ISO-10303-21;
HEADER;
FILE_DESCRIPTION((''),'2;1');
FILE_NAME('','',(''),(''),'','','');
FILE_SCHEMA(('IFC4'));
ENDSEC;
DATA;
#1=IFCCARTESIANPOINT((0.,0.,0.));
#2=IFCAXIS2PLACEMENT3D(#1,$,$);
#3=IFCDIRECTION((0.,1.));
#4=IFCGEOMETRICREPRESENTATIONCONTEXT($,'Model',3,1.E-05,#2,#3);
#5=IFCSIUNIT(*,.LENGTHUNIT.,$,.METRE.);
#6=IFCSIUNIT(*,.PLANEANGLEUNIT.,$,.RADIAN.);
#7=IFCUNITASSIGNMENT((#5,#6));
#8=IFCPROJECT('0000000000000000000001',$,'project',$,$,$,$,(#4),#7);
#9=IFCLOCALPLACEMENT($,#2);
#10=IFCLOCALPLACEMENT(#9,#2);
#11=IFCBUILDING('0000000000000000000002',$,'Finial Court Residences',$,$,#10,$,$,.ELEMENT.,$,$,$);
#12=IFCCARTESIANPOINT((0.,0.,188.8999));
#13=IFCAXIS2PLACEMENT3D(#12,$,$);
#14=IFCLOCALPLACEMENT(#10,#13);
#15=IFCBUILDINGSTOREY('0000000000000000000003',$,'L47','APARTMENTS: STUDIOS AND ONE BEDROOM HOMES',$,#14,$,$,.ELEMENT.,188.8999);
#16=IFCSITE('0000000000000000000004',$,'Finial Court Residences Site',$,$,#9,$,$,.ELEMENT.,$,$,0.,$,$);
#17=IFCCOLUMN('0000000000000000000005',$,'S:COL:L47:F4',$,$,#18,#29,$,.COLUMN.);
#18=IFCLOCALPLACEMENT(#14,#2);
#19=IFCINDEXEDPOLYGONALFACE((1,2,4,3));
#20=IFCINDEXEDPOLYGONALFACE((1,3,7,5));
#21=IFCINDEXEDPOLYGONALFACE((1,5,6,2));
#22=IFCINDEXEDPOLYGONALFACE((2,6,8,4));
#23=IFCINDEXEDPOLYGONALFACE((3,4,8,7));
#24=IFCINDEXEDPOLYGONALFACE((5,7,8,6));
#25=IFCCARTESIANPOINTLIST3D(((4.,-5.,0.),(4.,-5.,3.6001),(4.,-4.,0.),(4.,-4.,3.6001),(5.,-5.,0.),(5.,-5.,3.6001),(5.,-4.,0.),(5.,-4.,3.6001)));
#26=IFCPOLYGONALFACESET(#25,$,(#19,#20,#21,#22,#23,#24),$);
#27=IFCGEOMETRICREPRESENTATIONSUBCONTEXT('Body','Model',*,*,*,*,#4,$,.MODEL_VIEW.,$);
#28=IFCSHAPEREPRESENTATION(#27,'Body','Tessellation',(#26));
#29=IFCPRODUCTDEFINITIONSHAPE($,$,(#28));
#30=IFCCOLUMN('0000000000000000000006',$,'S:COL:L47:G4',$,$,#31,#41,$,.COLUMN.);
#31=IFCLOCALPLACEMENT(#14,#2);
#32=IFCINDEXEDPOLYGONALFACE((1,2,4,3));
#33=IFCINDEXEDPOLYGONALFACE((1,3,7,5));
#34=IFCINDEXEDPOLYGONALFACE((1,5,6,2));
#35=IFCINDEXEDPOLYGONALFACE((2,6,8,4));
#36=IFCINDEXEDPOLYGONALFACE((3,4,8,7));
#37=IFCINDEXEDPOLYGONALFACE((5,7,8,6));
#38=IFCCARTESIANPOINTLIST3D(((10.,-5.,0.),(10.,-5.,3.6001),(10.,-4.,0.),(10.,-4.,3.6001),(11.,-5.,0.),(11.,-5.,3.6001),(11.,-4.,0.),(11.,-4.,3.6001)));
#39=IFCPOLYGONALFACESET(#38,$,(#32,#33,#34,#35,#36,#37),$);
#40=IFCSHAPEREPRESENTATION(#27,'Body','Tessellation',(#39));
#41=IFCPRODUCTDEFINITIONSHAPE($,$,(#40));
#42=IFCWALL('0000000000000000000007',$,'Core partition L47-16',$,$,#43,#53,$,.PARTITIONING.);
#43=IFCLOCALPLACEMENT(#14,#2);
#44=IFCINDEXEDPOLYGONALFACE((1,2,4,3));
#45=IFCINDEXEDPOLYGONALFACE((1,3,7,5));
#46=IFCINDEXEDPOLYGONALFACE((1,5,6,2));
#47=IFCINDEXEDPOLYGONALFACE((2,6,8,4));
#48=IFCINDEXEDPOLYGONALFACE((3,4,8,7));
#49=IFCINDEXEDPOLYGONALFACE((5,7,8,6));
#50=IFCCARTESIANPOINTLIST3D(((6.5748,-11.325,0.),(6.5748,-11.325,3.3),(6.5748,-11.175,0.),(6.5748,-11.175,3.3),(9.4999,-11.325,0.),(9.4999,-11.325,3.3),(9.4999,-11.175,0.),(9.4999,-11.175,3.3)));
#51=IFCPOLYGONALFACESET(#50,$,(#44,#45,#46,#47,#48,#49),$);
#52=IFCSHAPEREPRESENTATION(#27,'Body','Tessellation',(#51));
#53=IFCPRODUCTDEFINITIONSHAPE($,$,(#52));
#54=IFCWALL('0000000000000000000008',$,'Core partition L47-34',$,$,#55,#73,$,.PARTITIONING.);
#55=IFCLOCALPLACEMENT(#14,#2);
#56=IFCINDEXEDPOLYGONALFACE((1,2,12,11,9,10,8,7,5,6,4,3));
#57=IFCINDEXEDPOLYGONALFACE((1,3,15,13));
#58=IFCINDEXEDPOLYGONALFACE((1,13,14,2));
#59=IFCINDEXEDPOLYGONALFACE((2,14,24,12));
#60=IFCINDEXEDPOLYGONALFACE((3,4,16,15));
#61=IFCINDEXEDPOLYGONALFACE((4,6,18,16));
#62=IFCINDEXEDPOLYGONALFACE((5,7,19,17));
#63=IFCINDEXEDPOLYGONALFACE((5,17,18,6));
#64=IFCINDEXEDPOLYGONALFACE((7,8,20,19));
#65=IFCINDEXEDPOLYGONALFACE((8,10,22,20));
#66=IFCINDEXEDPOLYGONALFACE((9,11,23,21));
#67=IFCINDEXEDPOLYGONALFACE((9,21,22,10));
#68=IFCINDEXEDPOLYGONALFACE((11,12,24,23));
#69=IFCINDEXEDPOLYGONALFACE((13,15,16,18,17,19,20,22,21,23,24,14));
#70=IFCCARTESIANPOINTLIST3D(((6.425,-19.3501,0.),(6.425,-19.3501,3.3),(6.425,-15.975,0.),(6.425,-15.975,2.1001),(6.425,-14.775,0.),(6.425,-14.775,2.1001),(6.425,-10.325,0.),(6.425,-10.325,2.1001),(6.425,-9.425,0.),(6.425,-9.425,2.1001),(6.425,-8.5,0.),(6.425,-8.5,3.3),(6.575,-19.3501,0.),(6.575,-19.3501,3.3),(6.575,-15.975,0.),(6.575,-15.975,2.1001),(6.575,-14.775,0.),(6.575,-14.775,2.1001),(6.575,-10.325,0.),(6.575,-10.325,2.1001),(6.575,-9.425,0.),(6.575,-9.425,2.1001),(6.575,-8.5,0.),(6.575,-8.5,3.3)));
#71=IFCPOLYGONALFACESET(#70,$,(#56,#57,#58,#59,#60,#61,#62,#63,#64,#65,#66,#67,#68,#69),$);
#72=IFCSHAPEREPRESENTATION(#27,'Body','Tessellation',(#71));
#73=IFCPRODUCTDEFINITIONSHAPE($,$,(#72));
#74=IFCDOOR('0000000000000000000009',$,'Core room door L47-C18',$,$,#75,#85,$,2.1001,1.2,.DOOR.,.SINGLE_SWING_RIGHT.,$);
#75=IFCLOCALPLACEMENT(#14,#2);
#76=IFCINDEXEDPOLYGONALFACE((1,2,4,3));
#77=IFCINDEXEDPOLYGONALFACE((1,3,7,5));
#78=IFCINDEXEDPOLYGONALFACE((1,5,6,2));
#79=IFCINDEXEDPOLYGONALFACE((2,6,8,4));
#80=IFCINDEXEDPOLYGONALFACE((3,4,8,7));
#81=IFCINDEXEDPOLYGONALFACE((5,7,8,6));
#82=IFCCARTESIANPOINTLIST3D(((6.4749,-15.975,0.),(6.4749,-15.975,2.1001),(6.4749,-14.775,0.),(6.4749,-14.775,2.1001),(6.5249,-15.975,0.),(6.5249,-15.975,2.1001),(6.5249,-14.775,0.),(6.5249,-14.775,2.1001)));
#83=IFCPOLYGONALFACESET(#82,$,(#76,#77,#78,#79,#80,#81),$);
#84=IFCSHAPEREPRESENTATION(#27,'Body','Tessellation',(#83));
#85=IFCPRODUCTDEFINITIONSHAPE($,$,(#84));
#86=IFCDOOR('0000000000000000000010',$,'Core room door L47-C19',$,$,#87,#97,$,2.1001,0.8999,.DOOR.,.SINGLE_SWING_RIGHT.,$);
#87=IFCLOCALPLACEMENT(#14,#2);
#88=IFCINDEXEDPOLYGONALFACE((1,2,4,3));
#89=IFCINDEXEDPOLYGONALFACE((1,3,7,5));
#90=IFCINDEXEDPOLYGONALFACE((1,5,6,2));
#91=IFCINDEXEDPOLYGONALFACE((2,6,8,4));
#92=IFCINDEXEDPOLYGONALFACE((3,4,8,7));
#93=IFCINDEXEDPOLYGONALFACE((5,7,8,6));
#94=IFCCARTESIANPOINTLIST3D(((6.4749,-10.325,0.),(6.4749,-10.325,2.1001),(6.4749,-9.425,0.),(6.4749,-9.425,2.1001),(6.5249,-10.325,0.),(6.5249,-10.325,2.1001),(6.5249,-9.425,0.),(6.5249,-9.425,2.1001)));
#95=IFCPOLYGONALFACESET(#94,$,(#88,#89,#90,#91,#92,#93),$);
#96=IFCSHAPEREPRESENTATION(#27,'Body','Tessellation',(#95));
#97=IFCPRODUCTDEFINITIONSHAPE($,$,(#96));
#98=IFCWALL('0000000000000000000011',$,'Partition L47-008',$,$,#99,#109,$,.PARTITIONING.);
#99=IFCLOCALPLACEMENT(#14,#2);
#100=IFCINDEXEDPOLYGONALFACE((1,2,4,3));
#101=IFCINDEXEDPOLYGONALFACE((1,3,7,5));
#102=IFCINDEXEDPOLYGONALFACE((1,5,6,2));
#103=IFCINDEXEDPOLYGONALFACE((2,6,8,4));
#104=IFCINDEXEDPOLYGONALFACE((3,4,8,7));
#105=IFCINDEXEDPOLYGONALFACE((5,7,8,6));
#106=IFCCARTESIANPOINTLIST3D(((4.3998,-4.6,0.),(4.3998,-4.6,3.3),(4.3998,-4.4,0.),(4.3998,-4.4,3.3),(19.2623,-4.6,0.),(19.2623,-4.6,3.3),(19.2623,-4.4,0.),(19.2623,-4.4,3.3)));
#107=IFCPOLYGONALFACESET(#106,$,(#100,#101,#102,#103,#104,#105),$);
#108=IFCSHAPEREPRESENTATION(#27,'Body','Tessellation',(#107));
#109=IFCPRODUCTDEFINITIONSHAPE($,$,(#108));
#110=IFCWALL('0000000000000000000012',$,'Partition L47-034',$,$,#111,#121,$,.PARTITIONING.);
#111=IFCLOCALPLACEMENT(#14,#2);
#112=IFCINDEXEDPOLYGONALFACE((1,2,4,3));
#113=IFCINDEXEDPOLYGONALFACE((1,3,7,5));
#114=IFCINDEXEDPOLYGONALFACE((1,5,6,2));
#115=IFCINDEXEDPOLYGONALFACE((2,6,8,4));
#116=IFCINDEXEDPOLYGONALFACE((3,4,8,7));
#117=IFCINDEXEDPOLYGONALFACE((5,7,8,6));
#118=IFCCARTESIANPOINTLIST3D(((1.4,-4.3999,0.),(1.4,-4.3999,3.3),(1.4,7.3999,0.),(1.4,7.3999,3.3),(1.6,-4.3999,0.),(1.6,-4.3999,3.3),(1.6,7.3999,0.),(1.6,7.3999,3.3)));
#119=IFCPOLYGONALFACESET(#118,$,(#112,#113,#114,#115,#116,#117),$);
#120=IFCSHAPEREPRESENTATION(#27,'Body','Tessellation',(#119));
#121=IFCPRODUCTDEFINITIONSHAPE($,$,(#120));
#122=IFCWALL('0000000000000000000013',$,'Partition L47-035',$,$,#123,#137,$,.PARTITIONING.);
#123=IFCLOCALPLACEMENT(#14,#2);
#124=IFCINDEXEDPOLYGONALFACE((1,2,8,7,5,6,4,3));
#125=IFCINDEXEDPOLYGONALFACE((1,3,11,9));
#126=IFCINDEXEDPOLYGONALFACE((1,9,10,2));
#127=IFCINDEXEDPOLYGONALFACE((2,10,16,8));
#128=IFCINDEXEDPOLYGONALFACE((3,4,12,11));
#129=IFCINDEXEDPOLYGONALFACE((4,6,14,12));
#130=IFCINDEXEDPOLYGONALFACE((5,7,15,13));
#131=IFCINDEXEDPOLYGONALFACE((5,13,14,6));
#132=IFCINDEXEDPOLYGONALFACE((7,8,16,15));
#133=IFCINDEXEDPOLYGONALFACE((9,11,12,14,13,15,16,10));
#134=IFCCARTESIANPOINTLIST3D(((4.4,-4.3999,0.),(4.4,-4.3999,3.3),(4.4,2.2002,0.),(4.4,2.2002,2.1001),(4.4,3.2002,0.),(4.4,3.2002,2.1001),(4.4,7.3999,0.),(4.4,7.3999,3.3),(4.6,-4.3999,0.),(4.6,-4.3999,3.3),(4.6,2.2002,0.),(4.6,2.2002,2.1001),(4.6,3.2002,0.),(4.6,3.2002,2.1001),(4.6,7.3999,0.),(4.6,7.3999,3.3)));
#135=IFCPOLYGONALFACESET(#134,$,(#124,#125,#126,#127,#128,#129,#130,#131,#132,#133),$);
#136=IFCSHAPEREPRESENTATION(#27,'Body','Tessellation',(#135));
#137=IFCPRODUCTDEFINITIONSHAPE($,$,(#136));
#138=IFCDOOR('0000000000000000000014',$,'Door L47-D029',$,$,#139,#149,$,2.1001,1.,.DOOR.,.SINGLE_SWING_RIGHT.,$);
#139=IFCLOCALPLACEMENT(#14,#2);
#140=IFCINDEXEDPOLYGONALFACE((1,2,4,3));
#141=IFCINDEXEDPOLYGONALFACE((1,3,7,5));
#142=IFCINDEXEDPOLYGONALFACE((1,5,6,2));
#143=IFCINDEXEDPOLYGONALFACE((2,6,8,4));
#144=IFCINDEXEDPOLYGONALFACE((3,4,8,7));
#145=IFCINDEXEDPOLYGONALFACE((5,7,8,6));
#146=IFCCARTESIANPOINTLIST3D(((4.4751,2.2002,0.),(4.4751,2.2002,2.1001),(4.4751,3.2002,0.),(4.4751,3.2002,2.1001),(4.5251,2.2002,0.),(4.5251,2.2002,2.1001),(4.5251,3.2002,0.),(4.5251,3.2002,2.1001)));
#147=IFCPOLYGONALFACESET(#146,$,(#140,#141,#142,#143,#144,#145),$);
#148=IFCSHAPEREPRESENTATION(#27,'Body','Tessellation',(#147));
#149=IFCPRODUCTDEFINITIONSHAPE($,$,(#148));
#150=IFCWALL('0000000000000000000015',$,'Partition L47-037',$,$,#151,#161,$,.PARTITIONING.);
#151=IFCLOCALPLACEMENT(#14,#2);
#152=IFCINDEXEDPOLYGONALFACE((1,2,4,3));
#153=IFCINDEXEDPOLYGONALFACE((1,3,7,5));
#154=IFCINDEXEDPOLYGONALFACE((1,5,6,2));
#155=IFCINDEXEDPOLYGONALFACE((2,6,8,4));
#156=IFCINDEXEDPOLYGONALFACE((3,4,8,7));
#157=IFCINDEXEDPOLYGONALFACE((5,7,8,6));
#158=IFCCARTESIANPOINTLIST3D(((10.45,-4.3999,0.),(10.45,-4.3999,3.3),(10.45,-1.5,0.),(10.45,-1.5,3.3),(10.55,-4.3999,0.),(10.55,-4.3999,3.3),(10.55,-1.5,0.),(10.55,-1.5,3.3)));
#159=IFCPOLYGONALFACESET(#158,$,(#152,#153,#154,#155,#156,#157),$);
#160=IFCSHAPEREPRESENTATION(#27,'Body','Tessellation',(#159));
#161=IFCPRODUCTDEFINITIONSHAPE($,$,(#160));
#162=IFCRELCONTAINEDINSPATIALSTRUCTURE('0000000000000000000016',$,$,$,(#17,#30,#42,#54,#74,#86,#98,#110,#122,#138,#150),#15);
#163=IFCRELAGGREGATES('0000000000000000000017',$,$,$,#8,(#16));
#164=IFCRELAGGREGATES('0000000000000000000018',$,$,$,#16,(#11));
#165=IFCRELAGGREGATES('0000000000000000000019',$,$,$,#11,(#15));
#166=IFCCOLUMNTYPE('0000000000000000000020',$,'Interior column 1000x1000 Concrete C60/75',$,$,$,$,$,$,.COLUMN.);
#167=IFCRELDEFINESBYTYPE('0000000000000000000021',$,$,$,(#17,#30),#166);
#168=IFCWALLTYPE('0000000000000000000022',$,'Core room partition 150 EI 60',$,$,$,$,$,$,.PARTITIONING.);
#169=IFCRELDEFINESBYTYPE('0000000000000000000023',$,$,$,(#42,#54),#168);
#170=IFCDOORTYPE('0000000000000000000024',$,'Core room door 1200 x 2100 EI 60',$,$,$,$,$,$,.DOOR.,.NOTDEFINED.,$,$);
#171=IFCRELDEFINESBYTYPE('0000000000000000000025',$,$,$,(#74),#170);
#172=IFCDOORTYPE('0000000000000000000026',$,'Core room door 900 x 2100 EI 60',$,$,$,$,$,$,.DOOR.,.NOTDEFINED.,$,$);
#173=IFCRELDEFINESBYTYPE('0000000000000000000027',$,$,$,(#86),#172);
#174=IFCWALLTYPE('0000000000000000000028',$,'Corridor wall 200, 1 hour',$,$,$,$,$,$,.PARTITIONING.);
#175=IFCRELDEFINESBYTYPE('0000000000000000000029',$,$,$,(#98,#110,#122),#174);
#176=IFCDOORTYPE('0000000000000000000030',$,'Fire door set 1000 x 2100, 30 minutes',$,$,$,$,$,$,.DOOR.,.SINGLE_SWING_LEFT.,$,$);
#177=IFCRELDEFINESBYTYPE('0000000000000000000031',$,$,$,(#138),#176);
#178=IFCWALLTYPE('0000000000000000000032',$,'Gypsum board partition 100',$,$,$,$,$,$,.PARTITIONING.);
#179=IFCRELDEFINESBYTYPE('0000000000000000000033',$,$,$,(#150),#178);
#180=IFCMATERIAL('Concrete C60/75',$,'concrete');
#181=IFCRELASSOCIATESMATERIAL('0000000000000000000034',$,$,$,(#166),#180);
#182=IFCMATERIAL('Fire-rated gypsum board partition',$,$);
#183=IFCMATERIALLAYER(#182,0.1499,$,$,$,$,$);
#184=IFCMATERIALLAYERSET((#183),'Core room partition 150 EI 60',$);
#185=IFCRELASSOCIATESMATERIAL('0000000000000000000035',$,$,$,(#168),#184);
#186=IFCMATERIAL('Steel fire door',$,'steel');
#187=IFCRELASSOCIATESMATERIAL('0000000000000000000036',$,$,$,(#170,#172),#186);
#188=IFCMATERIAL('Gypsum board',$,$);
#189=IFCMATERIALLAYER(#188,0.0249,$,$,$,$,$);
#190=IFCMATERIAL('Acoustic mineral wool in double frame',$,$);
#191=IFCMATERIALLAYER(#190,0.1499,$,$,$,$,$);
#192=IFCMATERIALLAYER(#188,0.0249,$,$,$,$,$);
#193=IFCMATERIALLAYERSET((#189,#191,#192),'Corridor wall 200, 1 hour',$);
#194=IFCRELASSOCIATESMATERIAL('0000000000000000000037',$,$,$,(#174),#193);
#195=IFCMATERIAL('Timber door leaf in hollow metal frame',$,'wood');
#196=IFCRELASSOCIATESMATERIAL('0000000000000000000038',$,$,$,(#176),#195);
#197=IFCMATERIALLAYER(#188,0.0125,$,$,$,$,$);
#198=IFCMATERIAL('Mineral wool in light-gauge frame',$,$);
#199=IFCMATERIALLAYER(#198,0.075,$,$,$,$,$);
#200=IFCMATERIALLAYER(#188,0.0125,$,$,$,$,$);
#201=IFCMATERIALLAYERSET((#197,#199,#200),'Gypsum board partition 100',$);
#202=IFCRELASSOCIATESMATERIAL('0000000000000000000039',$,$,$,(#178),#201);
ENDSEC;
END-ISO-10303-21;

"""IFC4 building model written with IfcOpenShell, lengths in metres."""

from ifc_helpers import new_model, si_unit, direction, frame, frame_2d, origin, origin_2d, place, context, subcontext, project, spatial, rectangle, extrude, material, layer, layer_set, material_profile, profile_set, type_object, element, fill, save


model = new_model("IFC4")

# Units and contexts
model_context = context("Model", 3, precision=1e-05, world=origin(), true_north=direction((0.0, 1.0)))
body_context = subcontext(model_context, "Body", "Model", "MODEL_VIEW")
ifc_project = project(units=[si_unit("LENGTHUNIT", "METRE"), si_unit("PLANEANGLEUNIT", "RADIAN")], contexts=[model_context])

# Site, building, storey
site_placement = place(None, origin())
site = spatial("IfcSite", under=ifc_project, at=site_placement, Name="Finial Court Residences Site", CompositionType="ELEMENT", RefElevation=0.0)
building_placement = place(site_placement, origin())
building = spatial("IfcBuilding", under=site, at=building_placement, Name="Finial Court Residences", CompositionType="ELEMENT")
storey_placement = place(building_placement, frame((0.0, 0.0, 188.8999)))
storey = spatial("IfcBuildingStorey", under=building, at=storey_placement, Name="L47", Description="APARTMENTS: STUDIOS AND ONE BEDROOM HOMES", CompositionType="ELEMENT", Elevation=188.8999)

# Columns
ifc_material_1 = material(Name="Concrete C60/75", Category="concrete")
ifc_material_profile = material_profile(ifc_material_1, rectangle(XDim=1.0, YDim=1.0, at=origin_2d()), Name="1000x1000")
ifc_profile_set = profile_set([ifc_material_profile], Name="Concrete C60/75")
column_type = type_object("IfcColumnType", Name="Interior column 1000x1000 Concrete C60/75", PredefinedType="COLUMN", material=ifc_profile_set)
for number, where, z_axis, x_axis, name in (
    (1, (4.5, -4.5, 0.0), (0.0, 0.0, 1.0), (1.0, 0.0, 0.0), "S:COL:L47:F4"),
    (2, (10.5, -4.5, 0.0), (0.0, 0.0, 1.0), (1.0, 0.0, 0.0), "S:COL:L47:G4"),
):
    element("IfcColumn", number, at=place(storey_placement, frame(where, z_axis=z_axis, x_axis=x_axis)), inside=storey, type_object=column_type, Name=name, PredefinedType="COLUMN", context=body_context, shape_type="SweptSolid", body=[
        extrude(rectangle(XDim=1.0, YDim=1.0, at=origin_2d()), origin(), (0.0, 0.0, 1.0), 3.6001),
    ])

# Wall
ifc_material_2 = material(Name="Fire-rated gypsum board partition")
ifc_layer_1 = layer(ifc_material_2, 0.1499)
ifc_layer_set_1 = layer_set([ifc_layer_1], Name="Core room partition 150 EI 60")
wall_type_1 = type_object("IfcWallType", Name="Core room partition 150 EI 60", PredefinedType="PARTITIONING", material=ifc_layer_set_1)
wall_1_placement = place(storey_placement, frame((6.575, -11.25, 0.0), z_axis=(0.0, 0.0, 1.0), x_axis=(1.0, 0.0, 0.0)))
element("IfcWall", 3, at=wall_1_placement, inside=storey, type_object=wall_type_1, Name="Core partition L47-16", PredefinedType="PARTITIONING", context=body_context, shape_type="SweptSolid", body=[
    extrude(rectangle(XDim=2.925, YDim=0.1499, at=frame_2d((1.4624, 0.0))), origin(), (0.0, 0.0, 1.0), 3.3),
])

# Wall, openings, doors
wall_2_placement = place(storey_placement, frame((6.5, -8.5, 0.0), z_axis=(0.0, 0.0, 1.0), x_axis=(0.0, -1.0, 0.0)))
wall_2 = element("IfcWall", 4, at=wall_2_placement, inside=storey, type_object=wall_type_1, Name="Core partition L47-34", PredefinedType="PARTITIONING", context=body_context, shape_type="SweptSolid", body=[
    extrude(rectangle(XDim=10.8501, YDim=0.1499, at=frame_2d((5.425, 0.0))), origin(), (0.0, 0.0, 1.0), 3.3),
])
opening_1_placement = place(wall_2_placement, frame((6.2749, 0.0, 0.0)))
opening_1 = element("IfcOpeningElement", 5, at=opening_1_placement, cuts=wall_2, PredefinedType="OPENING", context=body_context, shape_type="SweptSolid", body=[
    extrude(rectangle(XDim=1.2, YDim=2.1001, at=frame_2d((0.6001, 1.05))), frame((0.0, 0.085, 0.0), z_axis=(0.0, -1.0, 0.0), x_axis=(1.0, 0.0, 0.0)), (0.0, 0.0, 1.0), 0.1699),
])
opening_2_placement = place(wall_2_placement, frame((0.925, 0.0, 0.0)))
opening_2 = element("IfcOpeningElement", 6, at=opening_2_placement, cuts=wall_2, PredefinedType="OPENING", context=body_context, shape_type="SweptSolid", body=[
    extrude(rectangle(XDim=0.8999, YDim=2.1001, at=frame_2d((0.45, 1.05))), frame((0.0, 0.085, 0.0), z_axis=(0.0, -1.0, 0.0), x_axis=(1.0, 0.0, 0.0)), (0.0, 0.0, 1.0), 0.1699),
])
ifc_material_3 = material(Name="Steel fire door", Category="steel")
door_type_1 = type_object("IfcDoorType", Name="Core room door 1200 x 2100 EI 60", OperationType="NOTDEFINED", PredefinedType="DOOR", material=ifc_material_3)
door_1_placement = place(opening_1_placement, origin())
door_1 = element("IfcDoor", 7, at=door_1_placement, inside=storey, type_object=door_type_1, Name="Core room door L47-C18", OperationType="SINGLE_SWING_RIGHT", OverallHeight=2.1001, OverallWidth=1.2, PredefinedType="DOOR", context=body_context, shape_type="SweptSolid", body=[
    extrude(rectangle(XDim=1.2, YDim=2.1001, at=frame_2d((0.6001, 1.05))), frame((0.0, 0.0249, 0.0), z_axis=(0.0, -1.0, 0.0), x_axis=(1.0, 0.0, 0.0)), (0.0, 0.0, 1.0), 0.05),
])
fill(opening_1, door_1)
door_type_2 = type_object("IfcDoorType", Name="Core room door 900 x 2100 EI 60", OperationType="NOTDEFINED", PredefinedType="DOOR", material=ifc_material_3)
door_2_placement = place(opening_2_placement, origin())
door_2 = element("IfcDoor", 8, at=door_2_placement, inside=storey, type_object=door_type_2, Name="Core room door L47-C19", OperationType="SINGLE_SWING_RIGHT", OverallHeight=2.1001, OverallWidth=0.8999, PredefinedType="DOOR", context=body_context, shape_type="SweptSolid", body=[
    extrude(rectangle(XDim=0.8999, YDim=2.1001, at=frame_2d((0.45, 1.05))), frame((0.0, 0.0249, 0.0), z_axis=(0.0, -1.0, 0.0), x_axis=(1.0, 0.0, 0.0)), (0.0, 0.0, 1.0), 0.05),
])
fill(opening_2, door_2)

# Walls
ifc_material_4 = material(Name="Gypsum board")
ifc_layer_2 = layer(ifc_material_4, 0.0249)
ifc_material_5 = material(Name="Acoustic mineral wool in double frame")
ifc_layer_3 = layer(ifc_material_5, 0.1499)
ifc_layer_4 = layer(ifc_material_4, 0.0249)
ifc_layer_set_2 = layer_set([ifc_layer_2, ifc_layer_3, ifc_layer_4], Name="Corridor wall 200, 1 hour")
wall_type_2 = type_object("IfcWallType", Name="Corridor wall 200, 1 hour", PredefinedType="PARTITIONING", material=ifc_layer_set_2)
wall_3_placement = place(storey_placement, frame((4.3999, -4.5, 0.0), z_axis=(0.0, 0.0, 1.0), x_axis=(1.0, 0.0, 0.0)))
element("IfcWall", 9, at=wall_3_placement, inside=storey, type_object=wall_type_2, Name="Partition L47-008", PredefinedType="PARTITIONING", context=body_context, shape_type="SweptSolid", body=[
    extrude(rectangle(XDim=14.8625, YDim=0.2, at=frame_2d((7.4312, 0.0))), origin(), (0.0, 0.0, 1.0), 3.3),
])
wall_4_placement = place(storey_placement, frame((1.5, -4.3999, 0.0), z_axis=(0.0, 0.0, 1.0), x_axis=(0.0, 1.0, 0.0)))
element("IfcWall", 10, at=wall_4_placement, inside=storey, type_object=wall_type_2, Name="Partition L47-034", PredefinedType="PARTITIONING", context=body_context, shape_type="SweptSolid", body=[
    extrude(rectangle(XDim=11.7998, YDim=0.2, at=frame_2d((5.8999, 0.0))), origin(), (0.0, 0.0, 1.0), 3.3),
])

# Wall, opening, door
wall_5_placement = place(storey_placement, frame((4.5, -4.3999, 0.0), z_axis=(0.0, 0.0, 1.0), x_axis=(0.0, 1.0, 0.0)))
wall_5 = element("IfcWall", 11, at=wall_5_placement, inside=storey, type_object=wall_type_2, Name="Partition L47-035", PredefinedType="PARTITIONING", context=body_context, shape_type="SweptSolid", body=[
    extrude(rectangle(XDim=11.7998, YDim=0.2, at=frame_2d((5.8999, 0.0))), origin(), (0.0, 0.0, 1.0), 3.3),
])
opening_3_placement = place(wall_5_placement, frame((6.6001, 0.0, 0.0)))
opening_3 = element("IfcOpeningElement", 12, at=opening_3_placement, cuts=wall_5, PredefinedType="OPENING", context=body_context, shape_type="SweptSolid", body=[
    extrude(rectangle(XDim=1.0, YDim=2.1001, at=frame_2d((0.5, 1.05))), frame((0.0, 0.1099, 0.0), z_axis=(0.0, -1.0, 0.0), x_axis=(1.0, 0.0, 0.0)), (0.0, 0.0, 1.0), 0.22),
])
ifc_material_6 = material(Name="Timber door leaf in hollow metal frame", Category="wood")
door_type_3 = type_object("IfcDoorType", Name="Fire door set 1000 x 2100, 30 minutes", OperationType="SINGLE_SWING_LEFT", PredefinedType="DOOR", material=ifc_material_6)
door_3_placement = place(opening_3_placement, origin())
door_3 = element("IfcDoor", 13, at=door_3_placement, inside=storey, type_object=door_type_3, Name="Door L47-D029", OperationType="SINGLE_SWING_RIGHT", OverallHeight=2.1001, OverallWidth=1.0, PredefinedType="DOOR", context=body_context, shape_type="SweptSolid", body=[
    extrude(rectangle(XDim=1.0, YDim=2.1001, at=frame_2d((0.5, 1.05))), frame((0.0, 0.0249, 0.0), z_axis=(0.0, -1.0, 0.0), x_axis=(1.0, 0.0, 0.0)), (0.0, 0.0, 1.0), 0.05),
])
fill(opening_3, door_3)

# Wall
ifc_layer_5 = layer(ifc_material_4, 0.0125)
ifc_material_7 = material(Name="Mineral wool in light-gauge frame")
ifc_layer_6 = layer(ifc_material_7, 0.075)
ifc_layer_7 = layer(ifc_material_4, 0.0125)
ifc_layer_set_3 = layer_set([ifc_layer_5, ifc_layer_6, ifc_layer_7], Name="Gypsum board partition 100")
wall_type_3 = type_object("IfcWallType", Name="Gypsum board partition 100", PredefinedType="PARTITIONING", material=ifc_layer_set_3)
wall_6_placement = place(storey_placement, frame((10.5, -4.3999, 0.0), z_axis=(0.0, 0.0, 1.0), x_axis=(0.0, 1.0, 0.0)))
element("IfcWall", 14, at=wall_6_placement, inside=storey, type_object=wall_type_3, Name="Partition L47-037", PredefinedType="PARTITIONING", context=body_context, shape_type="SweptSolid", body=[
    extrude(rectangle(XDim=2.8999, YDim=0.1001, at=frame_2d((1.45, 0.0))), origin(), (0.0, 0.0, 1.0), 3.3),
])

save(model, "model.ifc")
